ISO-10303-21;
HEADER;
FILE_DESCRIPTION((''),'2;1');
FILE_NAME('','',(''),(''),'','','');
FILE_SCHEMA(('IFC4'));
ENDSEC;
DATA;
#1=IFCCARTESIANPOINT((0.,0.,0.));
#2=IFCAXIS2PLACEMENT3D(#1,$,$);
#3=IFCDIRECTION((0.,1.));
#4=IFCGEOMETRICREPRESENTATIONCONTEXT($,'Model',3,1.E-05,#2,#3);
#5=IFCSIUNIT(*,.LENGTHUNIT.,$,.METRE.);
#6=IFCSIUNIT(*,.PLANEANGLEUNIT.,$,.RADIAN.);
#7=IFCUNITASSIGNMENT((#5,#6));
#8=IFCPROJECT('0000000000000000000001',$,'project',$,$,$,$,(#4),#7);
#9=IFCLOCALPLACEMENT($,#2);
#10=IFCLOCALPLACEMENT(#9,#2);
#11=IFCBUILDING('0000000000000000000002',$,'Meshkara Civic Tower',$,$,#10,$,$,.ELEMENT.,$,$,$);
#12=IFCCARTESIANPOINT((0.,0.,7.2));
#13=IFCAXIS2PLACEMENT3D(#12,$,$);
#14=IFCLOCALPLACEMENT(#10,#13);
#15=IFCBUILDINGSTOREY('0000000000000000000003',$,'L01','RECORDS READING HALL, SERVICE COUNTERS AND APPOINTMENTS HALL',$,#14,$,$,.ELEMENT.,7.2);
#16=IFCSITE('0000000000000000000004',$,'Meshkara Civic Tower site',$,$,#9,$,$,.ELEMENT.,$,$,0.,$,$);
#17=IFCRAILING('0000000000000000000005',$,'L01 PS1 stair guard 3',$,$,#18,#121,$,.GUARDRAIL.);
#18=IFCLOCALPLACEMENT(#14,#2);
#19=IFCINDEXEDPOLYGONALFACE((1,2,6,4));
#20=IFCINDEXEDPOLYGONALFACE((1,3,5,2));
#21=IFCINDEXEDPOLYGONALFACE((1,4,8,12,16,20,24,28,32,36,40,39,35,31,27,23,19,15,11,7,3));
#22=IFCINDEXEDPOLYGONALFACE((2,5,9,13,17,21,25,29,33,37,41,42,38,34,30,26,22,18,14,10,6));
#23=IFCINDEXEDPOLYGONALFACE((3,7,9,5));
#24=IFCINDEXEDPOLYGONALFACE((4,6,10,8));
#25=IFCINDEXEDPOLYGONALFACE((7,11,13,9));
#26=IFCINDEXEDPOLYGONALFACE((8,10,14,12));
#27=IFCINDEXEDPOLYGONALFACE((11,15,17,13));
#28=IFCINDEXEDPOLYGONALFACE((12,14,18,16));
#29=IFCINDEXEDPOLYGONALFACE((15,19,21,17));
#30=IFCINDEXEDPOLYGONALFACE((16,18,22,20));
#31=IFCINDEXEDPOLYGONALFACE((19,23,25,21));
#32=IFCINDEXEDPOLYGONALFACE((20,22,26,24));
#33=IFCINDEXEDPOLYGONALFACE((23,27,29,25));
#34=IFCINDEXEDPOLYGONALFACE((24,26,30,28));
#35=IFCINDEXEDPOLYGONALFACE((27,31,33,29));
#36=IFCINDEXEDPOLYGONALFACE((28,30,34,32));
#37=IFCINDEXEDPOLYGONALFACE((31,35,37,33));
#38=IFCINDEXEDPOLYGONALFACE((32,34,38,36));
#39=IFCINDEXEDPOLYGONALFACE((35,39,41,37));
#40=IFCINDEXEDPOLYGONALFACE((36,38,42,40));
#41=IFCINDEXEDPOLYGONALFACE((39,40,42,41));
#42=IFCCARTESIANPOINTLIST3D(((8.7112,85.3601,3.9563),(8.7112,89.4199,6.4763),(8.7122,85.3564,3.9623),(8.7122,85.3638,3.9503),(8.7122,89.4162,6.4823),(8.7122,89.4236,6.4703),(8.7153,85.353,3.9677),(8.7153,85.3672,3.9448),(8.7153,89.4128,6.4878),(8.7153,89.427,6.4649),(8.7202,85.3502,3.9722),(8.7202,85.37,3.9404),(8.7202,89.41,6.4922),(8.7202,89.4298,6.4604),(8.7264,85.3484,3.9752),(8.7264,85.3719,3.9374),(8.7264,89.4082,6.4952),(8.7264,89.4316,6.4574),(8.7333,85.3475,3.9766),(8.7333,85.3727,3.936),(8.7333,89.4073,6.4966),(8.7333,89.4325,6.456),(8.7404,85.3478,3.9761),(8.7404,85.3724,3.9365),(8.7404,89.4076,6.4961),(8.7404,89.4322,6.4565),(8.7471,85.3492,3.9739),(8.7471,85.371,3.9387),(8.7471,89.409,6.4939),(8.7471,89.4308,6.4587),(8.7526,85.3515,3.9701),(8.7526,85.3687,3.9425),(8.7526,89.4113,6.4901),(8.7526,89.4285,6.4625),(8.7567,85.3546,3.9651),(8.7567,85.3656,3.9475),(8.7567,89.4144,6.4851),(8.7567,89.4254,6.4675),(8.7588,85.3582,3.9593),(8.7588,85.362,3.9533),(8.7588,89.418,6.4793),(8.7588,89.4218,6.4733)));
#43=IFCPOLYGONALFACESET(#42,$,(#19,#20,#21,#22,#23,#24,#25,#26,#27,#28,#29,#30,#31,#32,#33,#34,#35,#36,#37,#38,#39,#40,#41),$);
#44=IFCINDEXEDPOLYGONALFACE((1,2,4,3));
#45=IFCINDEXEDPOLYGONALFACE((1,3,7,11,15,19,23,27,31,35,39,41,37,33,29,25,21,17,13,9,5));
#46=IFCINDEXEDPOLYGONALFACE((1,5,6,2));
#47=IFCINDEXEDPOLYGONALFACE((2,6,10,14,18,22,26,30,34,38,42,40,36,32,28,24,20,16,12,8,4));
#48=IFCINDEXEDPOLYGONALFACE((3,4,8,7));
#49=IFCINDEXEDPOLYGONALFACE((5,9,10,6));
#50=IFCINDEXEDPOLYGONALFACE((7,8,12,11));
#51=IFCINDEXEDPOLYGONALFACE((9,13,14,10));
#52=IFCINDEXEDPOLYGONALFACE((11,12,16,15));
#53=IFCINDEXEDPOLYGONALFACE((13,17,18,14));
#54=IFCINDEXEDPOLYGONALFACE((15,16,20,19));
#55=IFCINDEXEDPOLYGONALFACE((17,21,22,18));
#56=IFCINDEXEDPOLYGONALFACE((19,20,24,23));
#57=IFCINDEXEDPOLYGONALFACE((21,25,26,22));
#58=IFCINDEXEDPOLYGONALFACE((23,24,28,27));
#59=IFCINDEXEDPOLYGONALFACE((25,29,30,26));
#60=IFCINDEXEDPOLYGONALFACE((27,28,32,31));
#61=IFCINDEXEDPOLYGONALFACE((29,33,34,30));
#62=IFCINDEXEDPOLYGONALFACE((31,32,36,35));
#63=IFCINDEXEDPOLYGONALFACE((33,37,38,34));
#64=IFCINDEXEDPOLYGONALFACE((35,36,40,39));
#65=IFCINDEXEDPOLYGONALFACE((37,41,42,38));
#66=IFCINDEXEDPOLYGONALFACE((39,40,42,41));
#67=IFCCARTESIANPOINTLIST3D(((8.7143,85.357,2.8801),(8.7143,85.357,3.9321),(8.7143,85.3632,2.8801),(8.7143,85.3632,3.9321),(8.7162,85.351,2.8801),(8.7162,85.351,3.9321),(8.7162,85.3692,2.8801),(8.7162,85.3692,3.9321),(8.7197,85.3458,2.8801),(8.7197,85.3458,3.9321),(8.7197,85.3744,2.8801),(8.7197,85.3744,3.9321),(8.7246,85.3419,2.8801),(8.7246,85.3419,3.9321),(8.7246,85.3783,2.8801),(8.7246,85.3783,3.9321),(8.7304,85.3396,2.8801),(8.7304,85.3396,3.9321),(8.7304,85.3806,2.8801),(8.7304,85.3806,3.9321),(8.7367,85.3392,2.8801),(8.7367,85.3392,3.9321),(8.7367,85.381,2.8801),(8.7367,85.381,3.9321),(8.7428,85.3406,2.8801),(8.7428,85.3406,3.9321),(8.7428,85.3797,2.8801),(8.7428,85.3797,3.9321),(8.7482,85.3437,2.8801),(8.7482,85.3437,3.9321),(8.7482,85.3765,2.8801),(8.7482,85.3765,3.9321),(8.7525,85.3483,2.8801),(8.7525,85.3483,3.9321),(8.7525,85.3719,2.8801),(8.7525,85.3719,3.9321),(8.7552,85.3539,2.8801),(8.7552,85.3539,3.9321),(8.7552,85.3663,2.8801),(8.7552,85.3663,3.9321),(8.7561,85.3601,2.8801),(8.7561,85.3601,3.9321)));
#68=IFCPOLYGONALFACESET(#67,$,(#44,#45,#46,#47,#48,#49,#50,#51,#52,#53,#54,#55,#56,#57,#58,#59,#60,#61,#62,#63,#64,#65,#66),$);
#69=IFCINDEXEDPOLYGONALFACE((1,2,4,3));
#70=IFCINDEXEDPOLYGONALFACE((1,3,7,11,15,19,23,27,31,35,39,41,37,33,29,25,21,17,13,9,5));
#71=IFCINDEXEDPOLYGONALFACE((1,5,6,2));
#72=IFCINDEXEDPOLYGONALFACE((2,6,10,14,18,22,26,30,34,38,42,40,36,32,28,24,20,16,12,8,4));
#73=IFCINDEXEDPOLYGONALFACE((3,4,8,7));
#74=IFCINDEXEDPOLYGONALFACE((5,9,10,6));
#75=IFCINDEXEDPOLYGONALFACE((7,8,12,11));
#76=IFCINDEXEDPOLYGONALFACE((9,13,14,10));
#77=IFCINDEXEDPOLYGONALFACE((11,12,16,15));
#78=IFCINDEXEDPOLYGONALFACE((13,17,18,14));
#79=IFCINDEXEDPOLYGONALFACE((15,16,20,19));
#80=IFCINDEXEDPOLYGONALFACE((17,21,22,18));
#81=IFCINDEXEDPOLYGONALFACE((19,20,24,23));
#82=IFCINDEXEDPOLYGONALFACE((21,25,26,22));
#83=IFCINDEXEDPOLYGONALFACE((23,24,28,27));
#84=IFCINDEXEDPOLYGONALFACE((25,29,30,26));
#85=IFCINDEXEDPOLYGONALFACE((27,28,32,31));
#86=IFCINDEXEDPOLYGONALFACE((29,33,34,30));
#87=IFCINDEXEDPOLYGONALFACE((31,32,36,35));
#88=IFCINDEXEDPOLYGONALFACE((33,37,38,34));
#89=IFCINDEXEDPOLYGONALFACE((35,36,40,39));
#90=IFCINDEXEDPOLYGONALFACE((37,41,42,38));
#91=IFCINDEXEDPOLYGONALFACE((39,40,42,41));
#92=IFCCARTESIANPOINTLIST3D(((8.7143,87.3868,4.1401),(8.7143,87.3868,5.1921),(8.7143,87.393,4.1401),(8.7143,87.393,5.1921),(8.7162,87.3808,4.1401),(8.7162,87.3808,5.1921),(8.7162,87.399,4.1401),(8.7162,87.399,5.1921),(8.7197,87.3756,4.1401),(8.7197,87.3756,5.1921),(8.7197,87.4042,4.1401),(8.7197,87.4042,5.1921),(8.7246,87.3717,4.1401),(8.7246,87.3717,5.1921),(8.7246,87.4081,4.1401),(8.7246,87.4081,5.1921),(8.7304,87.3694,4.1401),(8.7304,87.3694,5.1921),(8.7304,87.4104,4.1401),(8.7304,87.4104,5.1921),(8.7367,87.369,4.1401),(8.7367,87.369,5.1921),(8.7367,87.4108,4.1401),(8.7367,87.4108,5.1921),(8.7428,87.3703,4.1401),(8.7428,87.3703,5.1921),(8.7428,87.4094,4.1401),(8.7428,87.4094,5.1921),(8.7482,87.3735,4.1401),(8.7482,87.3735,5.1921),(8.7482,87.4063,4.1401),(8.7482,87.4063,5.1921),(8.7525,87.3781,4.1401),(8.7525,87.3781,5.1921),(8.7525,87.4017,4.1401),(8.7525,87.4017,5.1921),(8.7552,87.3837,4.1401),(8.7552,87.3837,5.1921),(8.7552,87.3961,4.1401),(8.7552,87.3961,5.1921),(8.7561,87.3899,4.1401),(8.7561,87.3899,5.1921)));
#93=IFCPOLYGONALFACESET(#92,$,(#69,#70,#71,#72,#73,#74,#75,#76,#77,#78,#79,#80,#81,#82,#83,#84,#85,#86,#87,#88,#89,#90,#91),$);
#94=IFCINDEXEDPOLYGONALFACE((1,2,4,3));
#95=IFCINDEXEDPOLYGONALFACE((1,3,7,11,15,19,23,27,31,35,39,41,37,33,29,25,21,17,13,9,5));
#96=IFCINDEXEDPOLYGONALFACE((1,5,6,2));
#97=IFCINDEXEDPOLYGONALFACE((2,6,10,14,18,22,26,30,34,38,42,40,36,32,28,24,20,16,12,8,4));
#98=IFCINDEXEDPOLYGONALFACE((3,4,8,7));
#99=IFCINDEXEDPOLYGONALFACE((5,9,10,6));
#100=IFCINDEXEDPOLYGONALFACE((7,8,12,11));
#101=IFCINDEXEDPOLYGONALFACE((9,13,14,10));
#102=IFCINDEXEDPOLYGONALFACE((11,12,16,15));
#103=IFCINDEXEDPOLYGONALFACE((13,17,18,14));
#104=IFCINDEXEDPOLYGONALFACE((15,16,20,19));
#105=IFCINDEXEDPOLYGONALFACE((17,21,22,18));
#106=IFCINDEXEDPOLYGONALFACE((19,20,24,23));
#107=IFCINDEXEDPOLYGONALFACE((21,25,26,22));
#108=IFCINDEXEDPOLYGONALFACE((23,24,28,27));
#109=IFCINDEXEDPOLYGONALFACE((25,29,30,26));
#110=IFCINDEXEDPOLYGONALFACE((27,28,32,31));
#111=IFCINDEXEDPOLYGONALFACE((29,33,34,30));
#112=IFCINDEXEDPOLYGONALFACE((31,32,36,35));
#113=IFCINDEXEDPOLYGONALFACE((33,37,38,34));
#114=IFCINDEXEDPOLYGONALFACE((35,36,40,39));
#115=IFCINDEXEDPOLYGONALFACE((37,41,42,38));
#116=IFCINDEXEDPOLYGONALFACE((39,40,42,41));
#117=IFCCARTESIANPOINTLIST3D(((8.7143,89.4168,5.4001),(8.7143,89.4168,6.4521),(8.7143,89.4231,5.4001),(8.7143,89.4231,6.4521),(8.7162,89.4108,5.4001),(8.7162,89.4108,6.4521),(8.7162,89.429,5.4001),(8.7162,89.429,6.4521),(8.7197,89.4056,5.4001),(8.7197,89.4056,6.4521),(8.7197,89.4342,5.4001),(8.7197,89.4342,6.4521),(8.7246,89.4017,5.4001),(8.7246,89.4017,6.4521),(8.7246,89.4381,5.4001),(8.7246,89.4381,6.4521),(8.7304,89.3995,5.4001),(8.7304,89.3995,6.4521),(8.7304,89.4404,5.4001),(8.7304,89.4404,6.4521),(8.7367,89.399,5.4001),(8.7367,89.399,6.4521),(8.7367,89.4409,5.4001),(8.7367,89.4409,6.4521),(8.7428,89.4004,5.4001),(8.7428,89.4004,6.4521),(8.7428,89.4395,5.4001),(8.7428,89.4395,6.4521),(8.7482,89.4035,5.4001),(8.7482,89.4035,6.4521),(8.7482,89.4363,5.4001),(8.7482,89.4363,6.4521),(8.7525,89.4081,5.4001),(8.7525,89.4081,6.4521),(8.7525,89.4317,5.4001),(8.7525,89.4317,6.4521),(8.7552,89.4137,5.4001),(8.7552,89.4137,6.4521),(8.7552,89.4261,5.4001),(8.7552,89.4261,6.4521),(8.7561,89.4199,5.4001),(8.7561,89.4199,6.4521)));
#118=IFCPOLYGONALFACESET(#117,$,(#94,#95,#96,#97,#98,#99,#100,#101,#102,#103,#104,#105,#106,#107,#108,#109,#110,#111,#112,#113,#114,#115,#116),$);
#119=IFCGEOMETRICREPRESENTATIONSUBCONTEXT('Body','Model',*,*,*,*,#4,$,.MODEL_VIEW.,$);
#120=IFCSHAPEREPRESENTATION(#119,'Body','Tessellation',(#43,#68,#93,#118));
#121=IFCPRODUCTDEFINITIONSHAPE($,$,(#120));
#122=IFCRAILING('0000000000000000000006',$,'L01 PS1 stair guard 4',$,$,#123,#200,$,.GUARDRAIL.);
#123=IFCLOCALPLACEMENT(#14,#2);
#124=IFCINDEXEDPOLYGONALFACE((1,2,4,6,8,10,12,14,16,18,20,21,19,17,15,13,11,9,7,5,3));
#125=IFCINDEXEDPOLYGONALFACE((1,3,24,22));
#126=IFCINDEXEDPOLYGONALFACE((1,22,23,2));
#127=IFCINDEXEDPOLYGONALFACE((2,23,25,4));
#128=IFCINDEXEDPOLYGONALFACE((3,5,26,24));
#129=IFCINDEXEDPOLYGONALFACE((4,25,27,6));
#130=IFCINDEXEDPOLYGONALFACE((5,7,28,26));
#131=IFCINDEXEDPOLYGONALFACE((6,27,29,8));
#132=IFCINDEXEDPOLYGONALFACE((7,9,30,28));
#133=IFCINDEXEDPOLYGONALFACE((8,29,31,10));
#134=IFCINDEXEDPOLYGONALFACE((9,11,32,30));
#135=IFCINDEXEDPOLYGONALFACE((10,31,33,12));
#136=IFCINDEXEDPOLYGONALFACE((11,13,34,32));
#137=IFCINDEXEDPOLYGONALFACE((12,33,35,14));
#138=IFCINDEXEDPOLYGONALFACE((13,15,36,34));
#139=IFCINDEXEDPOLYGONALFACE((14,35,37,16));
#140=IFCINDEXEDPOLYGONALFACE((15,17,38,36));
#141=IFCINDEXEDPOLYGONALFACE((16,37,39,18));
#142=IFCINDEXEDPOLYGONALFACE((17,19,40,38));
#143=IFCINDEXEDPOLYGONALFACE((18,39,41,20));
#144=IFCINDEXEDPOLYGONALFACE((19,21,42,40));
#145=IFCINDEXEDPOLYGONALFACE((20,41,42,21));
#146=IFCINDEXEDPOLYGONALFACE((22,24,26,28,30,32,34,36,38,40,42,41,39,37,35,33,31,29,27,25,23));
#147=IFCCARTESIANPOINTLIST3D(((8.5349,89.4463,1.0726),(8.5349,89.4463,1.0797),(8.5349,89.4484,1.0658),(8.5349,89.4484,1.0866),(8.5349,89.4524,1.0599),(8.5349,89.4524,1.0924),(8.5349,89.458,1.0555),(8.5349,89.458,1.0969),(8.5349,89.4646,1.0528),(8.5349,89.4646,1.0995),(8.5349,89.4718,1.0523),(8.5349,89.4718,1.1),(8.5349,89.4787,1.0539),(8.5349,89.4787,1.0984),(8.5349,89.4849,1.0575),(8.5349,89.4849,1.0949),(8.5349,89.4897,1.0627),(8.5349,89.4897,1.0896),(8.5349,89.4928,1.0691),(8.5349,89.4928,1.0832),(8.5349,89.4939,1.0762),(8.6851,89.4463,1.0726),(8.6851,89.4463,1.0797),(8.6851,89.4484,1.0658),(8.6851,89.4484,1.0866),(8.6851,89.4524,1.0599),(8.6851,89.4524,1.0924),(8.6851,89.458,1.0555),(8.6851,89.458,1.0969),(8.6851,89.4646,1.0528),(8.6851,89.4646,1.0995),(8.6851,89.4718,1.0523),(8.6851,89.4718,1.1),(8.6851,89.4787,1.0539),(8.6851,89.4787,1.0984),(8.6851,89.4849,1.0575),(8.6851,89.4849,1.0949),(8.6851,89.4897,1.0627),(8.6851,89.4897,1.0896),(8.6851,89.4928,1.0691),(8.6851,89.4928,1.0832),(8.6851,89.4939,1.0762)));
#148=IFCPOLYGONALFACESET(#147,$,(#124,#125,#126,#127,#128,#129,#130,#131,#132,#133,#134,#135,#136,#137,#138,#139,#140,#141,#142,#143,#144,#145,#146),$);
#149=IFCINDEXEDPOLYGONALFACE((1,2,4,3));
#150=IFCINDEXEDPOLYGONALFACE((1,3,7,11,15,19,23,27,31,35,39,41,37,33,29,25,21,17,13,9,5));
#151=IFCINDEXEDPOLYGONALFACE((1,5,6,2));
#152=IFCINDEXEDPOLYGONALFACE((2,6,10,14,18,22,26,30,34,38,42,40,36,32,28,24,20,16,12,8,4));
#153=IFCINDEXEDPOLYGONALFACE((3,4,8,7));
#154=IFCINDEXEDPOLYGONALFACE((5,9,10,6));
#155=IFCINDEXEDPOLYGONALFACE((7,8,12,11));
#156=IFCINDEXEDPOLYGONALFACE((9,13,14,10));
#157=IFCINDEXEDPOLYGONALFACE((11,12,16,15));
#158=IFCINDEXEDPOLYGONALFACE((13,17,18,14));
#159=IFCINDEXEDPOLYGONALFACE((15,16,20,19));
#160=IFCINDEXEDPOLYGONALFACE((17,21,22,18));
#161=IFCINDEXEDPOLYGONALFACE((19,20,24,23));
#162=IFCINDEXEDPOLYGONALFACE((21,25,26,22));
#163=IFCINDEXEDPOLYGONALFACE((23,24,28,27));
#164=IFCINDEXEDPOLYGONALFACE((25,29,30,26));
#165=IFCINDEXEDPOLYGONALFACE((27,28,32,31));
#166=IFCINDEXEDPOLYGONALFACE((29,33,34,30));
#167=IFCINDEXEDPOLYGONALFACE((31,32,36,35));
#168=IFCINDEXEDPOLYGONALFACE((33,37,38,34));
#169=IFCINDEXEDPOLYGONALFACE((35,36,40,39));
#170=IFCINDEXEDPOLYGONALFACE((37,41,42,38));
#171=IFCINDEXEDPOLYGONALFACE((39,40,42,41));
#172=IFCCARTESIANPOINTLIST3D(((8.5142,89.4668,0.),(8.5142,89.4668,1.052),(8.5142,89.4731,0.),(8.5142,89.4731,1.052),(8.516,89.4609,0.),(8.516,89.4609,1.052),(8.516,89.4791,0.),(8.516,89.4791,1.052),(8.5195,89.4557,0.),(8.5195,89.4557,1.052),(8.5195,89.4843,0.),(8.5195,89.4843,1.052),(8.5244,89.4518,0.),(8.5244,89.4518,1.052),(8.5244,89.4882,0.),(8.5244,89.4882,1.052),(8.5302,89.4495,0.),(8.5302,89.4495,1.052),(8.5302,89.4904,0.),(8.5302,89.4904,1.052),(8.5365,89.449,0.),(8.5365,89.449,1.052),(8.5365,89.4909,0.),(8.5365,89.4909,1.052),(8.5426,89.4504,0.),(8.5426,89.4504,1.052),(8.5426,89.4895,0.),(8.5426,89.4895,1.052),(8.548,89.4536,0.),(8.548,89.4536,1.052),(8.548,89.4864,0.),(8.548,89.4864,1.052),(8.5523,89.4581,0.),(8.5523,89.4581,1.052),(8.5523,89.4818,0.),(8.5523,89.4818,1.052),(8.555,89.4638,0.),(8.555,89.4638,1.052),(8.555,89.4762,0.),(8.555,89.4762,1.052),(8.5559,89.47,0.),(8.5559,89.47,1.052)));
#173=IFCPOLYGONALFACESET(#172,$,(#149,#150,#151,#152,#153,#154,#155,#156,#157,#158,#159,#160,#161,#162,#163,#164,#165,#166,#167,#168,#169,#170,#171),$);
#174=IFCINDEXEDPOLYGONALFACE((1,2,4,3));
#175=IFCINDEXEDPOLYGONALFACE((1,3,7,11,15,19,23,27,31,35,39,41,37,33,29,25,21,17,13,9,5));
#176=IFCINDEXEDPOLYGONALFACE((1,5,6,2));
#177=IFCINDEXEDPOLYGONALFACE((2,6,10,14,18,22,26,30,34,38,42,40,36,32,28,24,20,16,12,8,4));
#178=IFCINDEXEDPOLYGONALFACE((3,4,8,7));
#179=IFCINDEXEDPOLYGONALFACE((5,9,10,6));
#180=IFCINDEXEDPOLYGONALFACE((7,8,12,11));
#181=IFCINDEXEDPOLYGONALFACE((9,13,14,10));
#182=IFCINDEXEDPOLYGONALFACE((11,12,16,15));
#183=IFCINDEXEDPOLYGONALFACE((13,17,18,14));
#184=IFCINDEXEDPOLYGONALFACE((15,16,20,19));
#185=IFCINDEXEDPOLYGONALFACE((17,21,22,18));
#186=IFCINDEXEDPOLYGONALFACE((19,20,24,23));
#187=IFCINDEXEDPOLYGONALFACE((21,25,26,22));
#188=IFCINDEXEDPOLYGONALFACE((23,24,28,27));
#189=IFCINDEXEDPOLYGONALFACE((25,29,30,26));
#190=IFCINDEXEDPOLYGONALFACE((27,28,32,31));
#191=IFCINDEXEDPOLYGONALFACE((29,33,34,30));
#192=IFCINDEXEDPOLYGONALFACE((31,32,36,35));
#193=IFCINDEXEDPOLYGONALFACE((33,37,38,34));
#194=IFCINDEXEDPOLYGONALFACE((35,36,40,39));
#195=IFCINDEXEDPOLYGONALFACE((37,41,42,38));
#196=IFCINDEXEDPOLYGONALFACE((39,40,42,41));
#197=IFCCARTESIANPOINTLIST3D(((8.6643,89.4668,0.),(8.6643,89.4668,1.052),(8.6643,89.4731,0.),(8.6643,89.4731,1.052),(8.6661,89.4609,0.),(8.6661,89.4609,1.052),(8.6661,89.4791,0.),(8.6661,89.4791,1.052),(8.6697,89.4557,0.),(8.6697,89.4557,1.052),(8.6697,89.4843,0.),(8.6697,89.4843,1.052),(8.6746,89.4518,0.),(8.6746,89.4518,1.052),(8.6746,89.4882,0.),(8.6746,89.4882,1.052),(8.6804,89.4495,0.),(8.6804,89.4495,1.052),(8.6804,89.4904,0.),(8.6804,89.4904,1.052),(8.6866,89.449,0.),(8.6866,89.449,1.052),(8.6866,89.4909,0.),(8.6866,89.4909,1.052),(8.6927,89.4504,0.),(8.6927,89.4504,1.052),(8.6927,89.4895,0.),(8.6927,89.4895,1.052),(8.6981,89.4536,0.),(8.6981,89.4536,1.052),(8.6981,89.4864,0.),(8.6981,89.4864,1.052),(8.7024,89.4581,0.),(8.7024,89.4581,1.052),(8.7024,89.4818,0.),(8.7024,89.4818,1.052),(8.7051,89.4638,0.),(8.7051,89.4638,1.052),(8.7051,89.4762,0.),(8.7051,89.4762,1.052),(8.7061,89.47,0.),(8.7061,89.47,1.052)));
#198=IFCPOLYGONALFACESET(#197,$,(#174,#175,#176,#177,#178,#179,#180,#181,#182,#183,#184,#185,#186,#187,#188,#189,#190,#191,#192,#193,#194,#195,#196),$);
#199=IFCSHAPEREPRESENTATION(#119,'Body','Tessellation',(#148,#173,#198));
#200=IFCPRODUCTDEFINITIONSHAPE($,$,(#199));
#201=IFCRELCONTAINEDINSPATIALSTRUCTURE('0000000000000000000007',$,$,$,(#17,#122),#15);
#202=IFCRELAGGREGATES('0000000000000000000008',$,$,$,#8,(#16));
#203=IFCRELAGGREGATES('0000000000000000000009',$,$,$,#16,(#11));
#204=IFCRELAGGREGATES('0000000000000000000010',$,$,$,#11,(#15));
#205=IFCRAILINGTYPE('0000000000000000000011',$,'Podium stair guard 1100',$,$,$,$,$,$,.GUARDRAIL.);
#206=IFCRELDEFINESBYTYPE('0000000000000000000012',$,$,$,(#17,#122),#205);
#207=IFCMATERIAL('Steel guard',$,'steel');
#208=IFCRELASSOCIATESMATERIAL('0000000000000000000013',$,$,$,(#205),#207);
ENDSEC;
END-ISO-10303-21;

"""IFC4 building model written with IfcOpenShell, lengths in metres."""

from ifc_helpers import new_model, si_unit, direction, frame, origin, origin_2d, place, context, subcontext, project, spatial, circle, extrude, material, type_object, element, save


model = new_model("IFC4")

# Units and contexts
model_context = context("Model", 3, precision=1e-05, world=origin(), true_north=direction((0.0, 1.0)))
body_context = subcontext(model_context, "Body", "Model", "MODEL_VIEW")
ifc_project = project(units=[si_unit("LENGTHUNIT", "METRE"), si_unit("PLANEANGLEUNIT", "RADIAN")], contexts=[model_context])

# Site, building, storey
site_placement = place(None, origin())
site = spatial("IfcSite", under=ifc_project, at=site_placement, Name="Meshkara Civic Tower site", CompositionType="ELEMENT", RefElevation=0.0)
building_placement = place(site_placement, origin())
building = spatial("IfcBuilding", under=site, at=building_placement, Name="Meshkara Civic Tower", CompositionType="ELEMENT")
storey_placement = place(building_placement, frame((0.0, 0.0, 7.2)))
storey = spatial("IfcBuildingStorey", under=building, at=storey_placement, Name="L01", Description="RECORDS READING HALL, SERVICE COUNTERS AND APPOINTMENTS HALL", CompositionType="ELEMENT", Elevation=7.2)

# Railings
ifc_material_1 = material(Name="Steel guard", Category="steel")
railing_type_1 = type_object("IfcRailingType", Name="Podium stair guard 1100", PredefinedType="GUARDRAIL", material=ifc_material_1)
railing_1_placement = place(storey_placement, frame((8.7351, 85.3601, 2.8801)))
element("IfcRailing", 1, at=railing_1_placement, inside=storey, type_object=railing_type_1, Name="L01 PS1 stair guard 3", PredefinedType="GUARDRAIL", context=body_context, shape_type="SweptSolid", body=[
    extrude(circle(Radius=0.0239, at=origin_2d()), frame((0.0, 0.0, 1.0762), z_axis=(0.0, 0.849628, 0.527383), x_axis=(-1.0, 0.0, 0.0)), (0.0, 0.0, 1.0), 4.7783),
    extrude(circle(Radius=0.021, at=origin_2d()), origin(), (0.0, 0.0, 1.0), 1.052),
    extrude(circle(Radius=0.021, at=origin_2d()), frame((0.0, 2.0298, 1.26)), (0.0, 0.0, 1.0), 1.052),
    extrude(circle(Radius=0.021, at=origin_2d()), frame((0.0, 4.0598, 2.52)), (0.0, 0.0, 1.0), 1.052),
])
railing_2_placement = place(storey_placement, frame((8.5349, 89.47, 0.0)))
element("IfcRailing", 2, at=railing_2_placement, inside=storey, type_object=railing_type_1, Name="L01 PS1 stair guard 4", PredefinedType="GUARDRAIL", context=body_context, shape_type="SweptSolid", body=[
    extrude(circle(Radius=0.0239, at=origin_2d()), frame((0.0, 0.0, 1.0762), z_axis=(1.0, 0.0, 0.0), x_axis=(0.0, 1.0, 0.0)), (0.0, 0.0, 1.0), 0.1501),
    extrude(circle(Radius=0.021, at=origin_2d()), origin(), (0.0, 0.0, 1.0), 1.052),
    extrude(circle(Radius=0.021, at=origin_2d()), frame((0.1501, 0.0, 0.0)), (0.0, 0.0, 1.0), 1.052),
])

save(model, "model.ifc")
